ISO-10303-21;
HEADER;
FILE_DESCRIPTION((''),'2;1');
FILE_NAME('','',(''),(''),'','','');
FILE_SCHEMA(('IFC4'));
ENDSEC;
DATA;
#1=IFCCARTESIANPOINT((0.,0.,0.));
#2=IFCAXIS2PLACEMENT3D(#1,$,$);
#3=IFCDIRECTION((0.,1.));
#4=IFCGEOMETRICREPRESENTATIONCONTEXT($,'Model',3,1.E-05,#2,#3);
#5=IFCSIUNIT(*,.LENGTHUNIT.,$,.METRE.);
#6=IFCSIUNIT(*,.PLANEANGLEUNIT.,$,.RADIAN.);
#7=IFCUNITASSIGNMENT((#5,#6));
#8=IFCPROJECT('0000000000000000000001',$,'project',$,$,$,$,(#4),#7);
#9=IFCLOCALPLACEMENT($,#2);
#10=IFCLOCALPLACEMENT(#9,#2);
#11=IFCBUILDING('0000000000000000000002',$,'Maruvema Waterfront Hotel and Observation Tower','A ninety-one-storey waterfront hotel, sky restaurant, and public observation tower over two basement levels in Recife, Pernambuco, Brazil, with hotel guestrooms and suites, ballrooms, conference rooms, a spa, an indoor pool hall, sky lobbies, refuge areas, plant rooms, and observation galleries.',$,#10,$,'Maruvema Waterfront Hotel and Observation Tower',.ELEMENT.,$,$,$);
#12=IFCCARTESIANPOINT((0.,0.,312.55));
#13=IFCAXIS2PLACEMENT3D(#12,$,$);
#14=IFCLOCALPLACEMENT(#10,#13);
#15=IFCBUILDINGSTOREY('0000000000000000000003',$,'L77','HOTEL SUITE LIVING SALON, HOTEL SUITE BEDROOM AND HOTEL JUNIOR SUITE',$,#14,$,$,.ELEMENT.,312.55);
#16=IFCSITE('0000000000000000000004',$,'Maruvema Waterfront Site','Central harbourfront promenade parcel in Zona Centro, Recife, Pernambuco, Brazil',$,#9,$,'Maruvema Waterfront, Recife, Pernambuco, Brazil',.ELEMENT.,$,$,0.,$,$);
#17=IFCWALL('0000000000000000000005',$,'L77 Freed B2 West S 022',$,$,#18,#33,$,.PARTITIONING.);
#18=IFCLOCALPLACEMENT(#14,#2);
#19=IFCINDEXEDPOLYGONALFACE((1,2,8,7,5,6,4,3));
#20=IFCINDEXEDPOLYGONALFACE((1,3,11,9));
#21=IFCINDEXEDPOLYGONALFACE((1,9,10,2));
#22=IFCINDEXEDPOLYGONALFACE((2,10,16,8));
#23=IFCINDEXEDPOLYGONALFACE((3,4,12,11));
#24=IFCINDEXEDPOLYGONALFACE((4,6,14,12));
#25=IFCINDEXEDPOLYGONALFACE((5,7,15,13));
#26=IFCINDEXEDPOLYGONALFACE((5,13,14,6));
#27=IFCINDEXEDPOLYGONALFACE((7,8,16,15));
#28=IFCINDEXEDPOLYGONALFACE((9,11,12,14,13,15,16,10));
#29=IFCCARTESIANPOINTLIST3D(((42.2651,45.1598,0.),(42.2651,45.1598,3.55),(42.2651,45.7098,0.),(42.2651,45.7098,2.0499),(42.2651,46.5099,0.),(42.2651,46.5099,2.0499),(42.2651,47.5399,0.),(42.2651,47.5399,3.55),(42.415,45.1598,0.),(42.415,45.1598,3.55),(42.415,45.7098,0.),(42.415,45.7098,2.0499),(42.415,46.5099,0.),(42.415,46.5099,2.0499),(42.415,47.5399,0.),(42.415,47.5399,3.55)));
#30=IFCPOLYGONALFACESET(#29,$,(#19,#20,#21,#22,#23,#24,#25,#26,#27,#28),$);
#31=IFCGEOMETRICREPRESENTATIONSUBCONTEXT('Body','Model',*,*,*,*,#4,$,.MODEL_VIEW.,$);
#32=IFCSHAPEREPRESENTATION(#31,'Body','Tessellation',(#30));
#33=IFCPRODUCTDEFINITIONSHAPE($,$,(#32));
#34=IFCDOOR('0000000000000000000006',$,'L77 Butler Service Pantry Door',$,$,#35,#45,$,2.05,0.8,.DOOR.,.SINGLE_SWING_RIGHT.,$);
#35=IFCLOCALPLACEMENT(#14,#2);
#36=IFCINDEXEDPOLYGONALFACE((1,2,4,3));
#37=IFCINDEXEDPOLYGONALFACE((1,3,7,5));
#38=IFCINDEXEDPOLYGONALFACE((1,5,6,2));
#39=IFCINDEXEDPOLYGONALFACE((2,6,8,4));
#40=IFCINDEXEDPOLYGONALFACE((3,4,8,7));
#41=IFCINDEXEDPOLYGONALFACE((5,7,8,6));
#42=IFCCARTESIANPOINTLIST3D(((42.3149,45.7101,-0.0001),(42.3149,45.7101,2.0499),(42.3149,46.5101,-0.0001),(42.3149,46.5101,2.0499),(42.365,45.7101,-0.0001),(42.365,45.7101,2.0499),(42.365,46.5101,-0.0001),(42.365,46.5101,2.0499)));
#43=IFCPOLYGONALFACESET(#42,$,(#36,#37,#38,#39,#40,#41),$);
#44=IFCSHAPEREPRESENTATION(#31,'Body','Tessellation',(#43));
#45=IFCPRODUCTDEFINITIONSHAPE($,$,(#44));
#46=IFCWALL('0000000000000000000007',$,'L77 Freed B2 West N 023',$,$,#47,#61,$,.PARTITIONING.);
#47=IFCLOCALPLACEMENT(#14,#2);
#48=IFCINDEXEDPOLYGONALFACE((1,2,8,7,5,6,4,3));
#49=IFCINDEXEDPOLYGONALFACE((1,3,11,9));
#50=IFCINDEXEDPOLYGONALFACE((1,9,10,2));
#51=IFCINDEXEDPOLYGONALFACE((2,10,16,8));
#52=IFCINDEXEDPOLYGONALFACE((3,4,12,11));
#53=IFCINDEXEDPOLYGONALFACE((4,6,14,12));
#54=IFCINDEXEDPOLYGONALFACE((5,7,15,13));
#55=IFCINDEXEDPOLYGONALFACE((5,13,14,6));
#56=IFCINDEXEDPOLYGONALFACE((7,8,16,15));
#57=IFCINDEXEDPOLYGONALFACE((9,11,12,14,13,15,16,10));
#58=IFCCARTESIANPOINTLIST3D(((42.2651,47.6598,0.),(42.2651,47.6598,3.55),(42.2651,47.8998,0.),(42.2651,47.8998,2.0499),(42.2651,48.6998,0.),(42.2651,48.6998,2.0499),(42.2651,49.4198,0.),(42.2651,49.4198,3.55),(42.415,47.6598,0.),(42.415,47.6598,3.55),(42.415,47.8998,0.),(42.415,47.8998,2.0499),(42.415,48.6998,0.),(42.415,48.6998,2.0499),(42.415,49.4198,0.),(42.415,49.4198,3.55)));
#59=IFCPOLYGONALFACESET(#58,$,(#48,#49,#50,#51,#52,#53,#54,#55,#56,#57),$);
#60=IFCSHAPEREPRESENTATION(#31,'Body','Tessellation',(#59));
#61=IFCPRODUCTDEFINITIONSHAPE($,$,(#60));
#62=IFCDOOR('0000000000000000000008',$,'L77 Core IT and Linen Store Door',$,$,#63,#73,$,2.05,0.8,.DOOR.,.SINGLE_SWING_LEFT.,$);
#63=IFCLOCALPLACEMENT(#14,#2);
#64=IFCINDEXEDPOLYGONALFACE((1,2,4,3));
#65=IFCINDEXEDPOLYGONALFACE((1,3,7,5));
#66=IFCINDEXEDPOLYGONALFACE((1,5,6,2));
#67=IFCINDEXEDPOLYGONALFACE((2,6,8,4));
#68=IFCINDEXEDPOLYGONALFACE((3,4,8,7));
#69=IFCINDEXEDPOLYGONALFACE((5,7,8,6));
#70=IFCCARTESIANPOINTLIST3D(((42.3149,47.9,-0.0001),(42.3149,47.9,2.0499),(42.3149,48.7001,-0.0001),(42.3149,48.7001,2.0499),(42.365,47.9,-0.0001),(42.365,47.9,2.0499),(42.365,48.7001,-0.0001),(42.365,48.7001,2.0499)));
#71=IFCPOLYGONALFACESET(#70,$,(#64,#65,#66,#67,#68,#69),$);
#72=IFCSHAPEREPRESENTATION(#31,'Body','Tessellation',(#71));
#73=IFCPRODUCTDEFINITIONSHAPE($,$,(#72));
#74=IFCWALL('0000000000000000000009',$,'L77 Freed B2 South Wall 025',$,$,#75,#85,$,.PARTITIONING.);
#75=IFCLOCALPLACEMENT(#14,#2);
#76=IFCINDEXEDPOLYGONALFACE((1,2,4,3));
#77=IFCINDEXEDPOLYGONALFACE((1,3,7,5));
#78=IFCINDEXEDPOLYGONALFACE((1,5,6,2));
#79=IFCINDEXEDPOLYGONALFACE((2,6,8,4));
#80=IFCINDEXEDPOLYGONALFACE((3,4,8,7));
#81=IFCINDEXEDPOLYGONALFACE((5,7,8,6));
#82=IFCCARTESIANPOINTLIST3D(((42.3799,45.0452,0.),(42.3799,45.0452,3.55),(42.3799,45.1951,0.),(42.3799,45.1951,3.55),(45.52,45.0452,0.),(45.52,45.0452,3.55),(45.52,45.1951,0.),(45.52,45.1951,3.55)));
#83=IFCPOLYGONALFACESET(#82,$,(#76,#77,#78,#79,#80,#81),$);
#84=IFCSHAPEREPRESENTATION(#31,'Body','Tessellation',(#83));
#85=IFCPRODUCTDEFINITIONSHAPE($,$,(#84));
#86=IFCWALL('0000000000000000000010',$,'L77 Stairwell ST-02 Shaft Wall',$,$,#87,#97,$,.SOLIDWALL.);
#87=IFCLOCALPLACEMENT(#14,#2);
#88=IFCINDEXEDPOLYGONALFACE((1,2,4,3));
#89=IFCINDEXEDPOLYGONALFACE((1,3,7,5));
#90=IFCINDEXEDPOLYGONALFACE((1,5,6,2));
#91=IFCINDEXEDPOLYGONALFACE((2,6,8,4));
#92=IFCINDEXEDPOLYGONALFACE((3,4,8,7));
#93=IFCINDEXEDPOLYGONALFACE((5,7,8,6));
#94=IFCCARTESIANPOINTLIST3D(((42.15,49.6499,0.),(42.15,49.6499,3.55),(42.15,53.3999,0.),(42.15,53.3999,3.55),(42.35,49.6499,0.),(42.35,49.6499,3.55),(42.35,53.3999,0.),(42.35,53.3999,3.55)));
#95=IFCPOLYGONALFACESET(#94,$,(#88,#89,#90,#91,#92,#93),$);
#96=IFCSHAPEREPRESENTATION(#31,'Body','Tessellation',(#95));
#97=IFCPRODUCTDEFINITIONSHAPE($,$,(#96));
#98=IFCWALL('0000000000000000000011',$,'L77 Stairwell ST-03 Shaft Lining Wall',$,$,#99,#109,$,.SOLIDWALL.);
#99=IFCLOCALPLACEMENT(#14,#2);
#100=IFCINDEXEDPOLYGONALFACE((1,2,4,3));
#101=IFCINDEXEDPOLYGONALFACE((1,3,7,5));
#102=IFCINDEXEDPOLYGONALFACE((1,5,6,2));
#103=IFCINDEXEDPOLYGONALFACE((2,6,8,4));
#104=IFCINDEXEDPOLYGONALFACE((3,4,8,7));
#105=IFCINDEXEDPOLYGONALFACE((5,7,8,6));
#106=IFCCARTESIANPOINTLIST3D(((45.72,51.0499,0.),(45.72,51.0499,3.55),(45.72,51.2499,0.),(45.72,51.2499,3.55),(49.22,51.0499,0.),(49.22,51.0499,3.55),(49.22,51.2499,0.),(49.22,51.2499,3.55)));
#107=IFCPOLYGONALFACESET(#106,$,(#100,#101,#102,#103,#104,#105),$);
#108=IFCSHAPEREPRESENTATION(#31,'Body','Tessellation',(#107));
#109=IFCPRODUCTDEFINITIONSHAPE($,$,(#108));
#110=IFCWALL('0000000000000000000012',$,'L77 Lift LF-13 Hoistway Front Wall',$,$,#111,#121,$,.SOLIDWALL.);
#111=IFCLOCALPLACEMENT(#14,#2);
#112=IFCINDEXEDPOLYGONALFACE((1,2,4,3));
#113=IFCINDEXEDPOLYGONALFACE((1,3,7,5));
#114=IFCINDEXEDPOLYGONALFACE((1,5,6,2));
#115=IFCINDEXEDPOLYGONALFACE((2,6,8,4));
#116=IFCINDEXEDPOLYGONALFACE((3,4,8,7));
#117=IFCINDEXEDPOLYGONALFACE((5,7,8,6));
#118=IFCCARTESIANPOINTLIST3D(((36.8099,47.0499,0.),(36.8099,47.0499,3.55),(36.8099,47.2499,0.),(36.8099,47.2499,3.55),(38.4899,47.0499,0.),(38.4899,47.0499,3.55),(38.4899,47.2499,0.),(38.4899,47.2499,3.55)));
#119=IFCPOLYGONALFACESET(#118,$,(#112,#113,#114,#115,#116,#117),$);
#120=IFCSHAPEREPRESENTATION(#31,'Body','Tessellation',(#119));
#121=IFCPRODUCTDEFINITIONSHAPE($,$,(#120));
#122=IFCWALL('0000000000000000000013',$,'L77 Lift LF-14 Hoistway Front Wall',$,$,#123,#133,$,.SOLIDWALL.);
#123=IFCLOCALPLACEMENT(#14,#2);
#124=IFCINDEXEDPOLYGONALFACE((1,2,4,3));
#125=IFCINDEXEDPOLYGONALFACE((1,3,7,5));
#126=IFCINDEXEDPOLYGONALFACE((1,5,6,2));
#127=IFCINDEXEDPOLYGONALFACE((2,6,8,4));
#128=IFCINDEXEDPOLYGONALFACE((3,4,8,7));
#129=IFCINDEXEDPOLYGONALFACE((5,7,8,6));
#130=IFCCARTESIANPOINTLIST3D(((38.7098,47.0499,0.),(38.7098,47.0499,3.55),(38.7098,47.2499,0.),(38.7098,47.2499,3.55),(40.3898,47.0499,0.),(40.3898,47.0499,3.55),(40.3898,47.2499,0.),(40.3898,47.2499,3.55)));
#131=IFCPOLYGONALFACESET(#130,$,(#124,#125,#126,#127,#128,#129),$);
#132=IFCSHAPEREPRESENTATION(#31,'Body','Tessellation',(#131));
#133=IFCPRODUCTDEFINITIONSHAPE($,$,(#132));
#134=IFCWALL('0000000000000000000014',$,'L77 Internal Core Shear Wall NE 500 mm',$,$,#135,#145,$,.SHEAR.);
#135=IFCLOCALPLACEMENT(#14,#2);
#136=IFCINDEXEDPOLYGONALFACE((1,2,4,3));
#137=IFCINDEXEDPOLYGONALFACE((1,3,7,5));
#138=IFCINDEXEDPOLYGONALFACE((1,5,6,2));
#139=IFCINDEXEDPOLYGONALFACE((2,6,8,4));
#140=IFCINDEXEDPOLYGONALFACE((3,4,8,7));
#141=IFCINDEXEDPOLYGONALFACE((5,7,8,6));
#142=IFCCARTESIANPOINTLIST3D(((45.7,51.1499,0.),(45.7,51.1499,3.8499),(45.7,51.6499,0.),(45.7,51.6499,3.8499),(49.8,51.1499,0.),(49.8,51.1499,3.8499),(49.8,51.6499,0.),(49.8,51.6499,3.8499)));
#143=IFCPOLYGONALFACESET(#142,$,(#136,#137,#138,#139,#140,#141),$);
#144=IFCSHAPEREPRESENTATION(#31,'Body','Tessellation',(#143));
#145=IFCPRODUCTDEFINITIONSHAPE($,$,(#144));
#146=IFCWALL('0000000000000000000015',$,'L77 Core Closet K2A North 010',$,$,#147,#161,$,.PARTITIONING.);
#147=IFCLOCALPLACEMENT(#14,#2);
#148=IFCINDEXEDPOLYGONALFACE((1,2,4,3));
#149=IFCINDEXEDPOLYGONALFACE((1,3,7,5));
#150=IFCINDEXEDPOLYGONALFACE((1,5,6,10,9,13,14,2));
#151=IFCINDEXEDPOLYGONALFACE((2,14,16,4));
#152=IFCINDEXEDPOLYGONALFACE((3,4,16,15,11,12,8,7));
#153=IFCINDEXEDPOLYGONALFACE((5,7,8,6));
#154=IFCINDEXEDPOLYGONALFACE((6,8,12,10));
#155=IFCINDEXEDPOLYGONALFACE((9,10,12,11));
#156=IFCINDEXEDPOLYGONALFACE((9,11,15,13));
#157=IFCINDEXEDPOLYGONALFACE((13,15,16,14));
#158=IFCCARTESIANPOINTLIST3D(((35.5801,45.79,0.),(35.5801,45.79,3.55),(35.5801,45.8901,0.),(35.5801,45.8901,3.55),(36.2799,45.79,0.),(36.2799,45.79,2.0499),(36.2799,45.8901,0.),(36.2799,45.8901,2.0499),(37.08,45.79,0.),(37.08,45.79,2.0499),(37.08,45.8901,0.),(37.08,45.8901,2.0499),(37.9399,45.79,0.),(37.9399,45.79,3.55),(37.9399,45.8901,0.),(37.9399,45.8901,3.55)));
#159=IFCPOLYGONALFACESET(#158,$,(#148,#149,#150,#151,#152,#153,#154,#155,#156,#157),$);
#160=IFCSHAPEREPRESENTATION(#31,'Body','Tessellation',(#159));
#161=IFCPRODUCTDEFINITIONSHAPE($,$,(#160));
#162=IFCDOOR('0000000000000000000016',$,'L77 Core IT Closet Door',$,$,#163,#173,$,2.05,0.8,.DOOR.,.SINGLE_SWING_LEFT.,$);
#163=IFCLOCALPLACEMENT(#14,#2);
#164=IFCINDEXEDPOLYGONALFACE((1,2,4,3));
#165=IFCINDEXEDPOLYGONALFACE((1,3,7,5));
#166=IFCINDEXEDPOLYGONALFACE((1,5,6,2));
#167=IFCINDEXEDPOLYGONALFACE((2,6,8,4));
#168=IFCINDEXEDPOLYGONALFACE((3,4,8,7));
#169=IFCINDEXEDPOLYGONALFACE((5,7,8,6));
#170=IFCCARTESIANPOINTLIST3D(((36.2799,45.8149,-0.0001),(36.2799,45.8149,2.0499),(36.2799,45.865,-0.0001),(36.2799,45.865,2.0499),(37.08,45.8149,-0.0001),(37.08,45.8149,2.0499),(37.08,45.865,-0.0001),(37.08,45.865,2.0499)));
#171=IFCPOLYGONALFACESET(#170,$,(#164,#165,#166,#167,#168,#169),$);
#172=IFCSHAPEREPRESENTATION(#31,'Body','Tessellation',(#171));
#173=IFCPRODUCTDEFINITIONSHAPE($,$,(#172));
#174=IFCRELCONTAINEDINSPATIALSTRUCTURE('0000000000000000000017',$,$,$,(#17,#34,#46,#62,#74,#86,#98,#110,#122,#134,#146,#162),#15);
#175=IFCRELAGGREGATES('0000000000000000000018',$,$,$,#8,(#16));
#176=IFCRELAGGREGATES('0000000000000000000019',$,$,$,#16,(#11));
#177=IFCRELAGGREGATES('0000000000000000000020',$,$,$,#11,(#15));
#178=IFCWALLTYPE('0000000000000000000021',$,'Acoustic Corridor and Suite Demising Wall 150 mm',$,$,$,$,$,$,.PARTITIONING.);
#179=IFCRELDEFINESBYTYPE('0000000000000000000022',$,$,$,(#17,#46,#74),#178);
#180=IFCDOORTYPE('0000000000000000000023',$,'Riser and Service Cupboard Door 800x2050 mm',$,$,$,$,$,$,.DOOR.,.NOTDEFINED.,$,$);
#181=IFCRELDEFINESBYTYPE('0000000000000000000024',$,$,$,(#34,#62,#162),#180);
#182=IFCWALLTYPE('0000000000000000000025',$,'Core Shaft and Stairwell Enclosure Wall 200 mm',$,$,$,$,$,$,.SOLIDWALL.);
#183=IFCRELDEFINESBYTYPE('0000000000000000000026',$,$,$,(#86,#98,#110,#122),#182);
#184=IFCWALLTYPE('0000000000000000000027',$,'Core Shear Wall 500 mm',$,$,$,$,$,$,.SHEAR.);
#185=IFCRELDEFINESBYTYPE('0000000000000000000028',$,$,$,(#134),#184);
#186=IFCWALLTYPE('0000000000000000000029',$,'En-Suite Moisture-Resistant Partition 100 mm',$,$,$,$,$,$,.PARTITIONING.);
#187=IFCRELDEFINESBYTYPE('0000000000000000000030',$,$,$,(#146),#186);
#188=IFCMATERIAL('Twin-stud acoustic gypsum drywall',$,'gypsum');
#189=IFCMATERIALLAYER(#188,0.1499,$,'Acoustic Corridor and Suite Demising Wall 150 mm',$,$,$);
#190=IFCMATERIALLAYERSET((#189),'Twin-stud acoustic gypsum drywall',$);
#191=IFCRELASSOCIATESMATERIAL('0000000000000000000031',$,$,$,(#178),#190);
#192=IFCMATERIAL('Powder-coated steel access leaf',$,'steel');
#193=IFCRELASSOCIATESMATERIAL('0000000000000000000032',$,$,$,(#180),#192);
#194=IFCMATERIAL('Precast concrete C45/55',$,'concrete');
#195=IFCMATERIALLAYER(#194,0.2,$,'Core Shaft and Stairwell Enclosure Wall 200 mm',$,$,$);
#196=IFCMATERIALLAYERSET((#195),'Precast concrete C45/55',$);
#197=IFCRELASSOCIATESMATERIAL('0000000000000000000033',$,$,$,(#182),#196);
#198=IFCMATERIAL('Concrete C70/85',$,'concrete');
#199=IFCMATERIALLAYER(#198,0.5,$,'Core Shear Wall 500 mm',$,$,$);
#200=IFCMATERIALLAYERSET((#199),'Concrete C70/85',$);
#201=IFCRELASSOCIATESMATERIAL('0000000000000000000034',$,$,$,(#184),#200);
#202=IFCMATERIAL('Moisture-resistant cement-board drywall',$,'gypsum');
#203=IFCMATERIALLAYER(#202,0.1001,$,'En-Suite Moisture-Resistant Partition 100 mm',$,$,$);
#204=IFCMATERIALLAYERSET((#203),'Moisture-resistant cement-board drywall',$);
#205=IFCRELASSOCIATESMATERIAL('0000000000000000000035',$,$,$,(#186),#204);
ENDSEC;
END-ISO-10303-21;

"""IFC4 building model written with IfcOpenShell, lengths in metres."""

from ifc_helpers import new_model, si_unit, direction, frame, frame_2d, origin, place, context, subcontext, project, spatial, rectangle, extrude, material, layer, layer_set, type_object, element, fill, save


model = new_model("IFC4")

# Units and contexts
model_context = context("Model", 3, precision=1e-05, world=origin(), true_north=direction((0.0, 1.0)))
body_context = subcontext(model_context, "Body", "Model", "MODEL_VIEW")
ifc_project = project(units=[si_unit("LENGTHUNIT", "METRE"), si_unit("PLANEANGLEUNIT", "RADIAN")], contexts=[model_context])

# Site, building, storey
site_placement = place(None, origin())
site = spatial("IfcSite", under=ifc_project, at=site_placement, Name="Maruvema Waterfront Site", Description="Central harbourfront promenade parcel in Zona Centro, Recife, Pernambuco, Brazil", LongName="Maruvema Waterfront, Recife, Pernambuco, Brazil", CompositionType="ELEMENT", RefElevation=0.0)
building_placement = place(site_placement, origin())
building = spatial("IfcBuilding", under=site, at=building_placement, Name="Maruvema Waterfront Hotel and Observation Tower", Description="A ninety-one-storey waterfront hotel, sky restaurant, and public observation tower over two basement levels in Recife, Pernambuco, Brazil, with hotel guestrooms and suites, ballrooms, conference rooms, a spa, an indoor pool hall, sky lobbies, refuge areas, plant rooms, and observation galleries.", LongName="Maruvema Waterfront Hotel and Observation Tower", CompositionType="ELEMENT")
storey_placement = place(building_placement, frame((0.0, 0.0, 312.55)))
storey = spatial("IfcBuildingStorey", under=building, at=storey_placement, Name="L77", Description="HOTEL SUITE LIVING SALON, HOTEL SUITE BEDROOM AND HOTEL JUNIOR SUITE", CompositionType="ELEMENT", Elevation=312.55)

# Walls, openings, doors
ifc_material_1 = material(Name="Twin-stud acoustic gypsum drywall", Category="gypsum")
ifc_layer_1 = layer(ifc_material_1, 0.1499, Name="Acoustic Corridor and Suite Demising Wall 150 mm")
ifc_layer_set_1 = layer_set([ifc_layer_1], Name="Twin-stud acoustic gypsum drywall")
wall_type_1 = type_object("IfcWallType", Name="Acoustic Corridor and Suite Demising Wall 150 mm", PredefinedType="PARTITIONING", material=ifc_layer_set_1)
wall_1_placement = place(storey_placement, frame((42.3401, 45.1599, 0.0), z_axis=(0.0, 0.0, 1.0), x_axis=(0.0, 1.0, 0.0)))
wall_1 = element("IfcWall", 1, at=wall_1_placement, inside=storey, type_object=wall_type_1, Name="L77 Freed B2 West S 022", PredefinedType="PARTITIONING", context=body_context, shape_type="SweptSolid", body=[
    extrude(rectangle(XDim=2.3801, YDim=0.1499, at=frame_2d((1.1899, 0.0))), origin(), (0.0, 0.0, 1.0), 3.55),
])
opening_1_placement = place(wall_1_placement, frame((0.55, 0.0, 0.0)))
opening_1 = element("IfcOpeningElement", 2, at=opening_1_placement, cuts=wall_1, PredefinedType="OPENING", context=body_context, shape_type="SweptSolid", body=[
    extrude(rectangle(XDim=0.8, YDim=2.05, at=frame_2d((0.3999, 1.0249))), frame((0.0, 0.085, 0.0), z_axis=(0.0, -1.0, 0.0), x_axis=(1.0, 0.0, 0.0)), (0.0, 0.0, 1.0), 0.1699),
])
ifc_material_2 = material(Name="Powder-coated steel access leaf", Category="steel")
door_type = type_object("IfcDoorType", Name="Riser and Service Cupboard Door 800x2050 mm", OperationType="NOTDEFINED", PredefinedType="DOOR", material=ifc_material_2)
door_1_placement = place(opening_1_placement, frame((0.8, 0.0, 0.0), z_axis=(0.0, 0.0, 1.0), x_axis=(-1.0, 0.0, 0.0)))
door_1 = element("IfcDoor", 3, at=door_1_placement, inside=storey, type_object=door_type, Name="L77 Butler Service Pantry Door", OperationType="SINGLE_SWING_RIGHT", OverallHeight=2.05, OverallWidth=0.8, PredefinedType="DOOR", context=body_context, shape_type="SweptSolid", body=[
    extrude(rectangle(XDim=0.8, YDim=2.05, at=frame_2d((0.3999, 1.0249))), frame((0.0, 0.0249, 0.0), z_axis=(0.0, -1.0, 0.0), x_axis=(1.0, 0.0, 0.0)), (0.0, 0.0, 1.0), 0.05),
])
fill(opening_1, door_1)
wall_2_placement = place(storey_placement, frame((42.3401, 47.6599, 0.0), z_axis=(0.0, 0.0, 1.0), x_axis=(0.0, 1.0, 0.0)))
wall_2 = element("IfcWall", 4, at=wall_2_placement, inside=storey, type_object=wall_type_1, Name="L77 Freed B2 West N 023", PredefinedType="PARTITIONING", context=body_context, shape_type="SweptSolid", body=[
    extrude(rectangle(XDim=1.76, YDim=0.1499, at=frame_2d((0.8799, 0.0))), origin(), (0.0, 0.0, 1.0), 3.55),
])
opening_2_placement = place(wall_2_placement, frame((0.24, 0.0, 0.0)))
opening_2 = element("IfcOpeningElement", 5, at=opening_2_placement, cuts=wall_2, PredefinedType="OPENING", context=body_context, shape_type="SweptSolid", body=[
    extrude(rectangle(XDim=0.8, YDim=2.05, at=frame_2d((0.3999, 1.0249))), frame((0.0, 0.085, 0.0), z_axis=(0.0, -1.0, 0.0), x_axis=(1.0, 0.0, 0.0)), (0.0, 0.0, 1.0), 0.1699),
])
door_2_placement = place(opening_2_placement, frame((0.8, 0.0, 0.0), z_axis=(0.0, 0.0, 1.0), x_axis=(-1.0, 0.0, 0.0)))
door_2 = element("IfcDoor", 6, at=door_2_placement, inside=storey, type_object=door_type, Name="L77 Core IT and Linen Store Door", OperationType="SINGLE_SWING_LEFT", OverallHeight=2.05, OverallWidth=0.8, PredefinedType="DOOR", context=body_context, shape_type="SweptSolid", body=[
    extrude(rectangle(XDim=0.8, YDim=2.05, at=frame_2d((0.3999, 1.0249))), frame((0.0, 0.0249, 0.0), z_axis=(0.0, -1.0, 0.0), x_axis=(1.0, 0.0, 0.0)), (0.0, 0.0, 1.0), 0.05),
])
fill(opening_2, door_2)

# Walls
wall_3_placement = place(storey_placement, frame((42.3799, 45.1201, 0.0), z_axis=(0.0, 0.0, 1.0), x_axis=(1.0, 0.0, 0.0)))
element("IfcWall", 7, at=wall_3_placement, inside=storey, type_object=wall_type_1, Name="L77 Freed B2 South Wall 025", PredefinedType="PARTITIONING", context=body_context, shape_type="SweptSolid", body=[
    extrude(rectangle(XDim=3.1401, YDim=0.1499, at=frame_2d((1.5701, 0.0))), origin(), (0.0, 0.0, 1.0), 3.55),
])
ifc_material_3 = material(Name="Precast concrete C45/55", Category="concrete")
ifc_layer_2 = layer(ifc_material_3, 0.2, Name="Core Shaft and Stairwell Enclosure Wall 200 mm")
ifc_layer_set_2 = layer_set([ifc_layer_2], Name="Precast concrete C45/55")
wall_type_2 = type_object("IfcWallType", Name="Core Shaft and Stairwell Enclosure Wall 200 mm", PredefinedType="SOLIDWALL", material=ifc_layer_set_2)
wall_4_placement = place(storey_placement, frame((42.25, 49.6499, 0.0), z_axis=(0.0, 0.0, 1.0), x_axis=(0.0, 1.0, 0.0)))
element("IfcWall", 8, at=wall_4_placement, inside=storey, type_object=wall_type_2, Name="L77 Stairwell ST-02 Shaft Wall", PredefinedType="SOLIDWALL", context=body_context, shape_type="SweptSolid", body=[
    extrude(rectangle(XDim=3.75, YDim=0.2, at=frame_2d((1.875, 0.0))), origin(), (0.0, 0.0, 1.0), 3.55),
])
wall_5_placement = place(storey_placement, frame((45.72, 51.1499, 0.0), z_axis=(0.0, 0.0, 1.0), x_axis=(1.0, 0.0, 0.0)))
element("IfcWall", 9, at=wall_5_placement, inside=storey, type_object=wall_type_2, Name="L77 Stairwell ST-03 Shaft Lining Wall", PredefinedType="SOLIDWALL", context=body_context, shape_type="SweptSolid", body=[
    extrude(rectangle(XDim=3.5, YDim=0.2, at=frame_2d((1.75, 0.0))), origin(), (0.0, 0.0, 1.0), 3.55),
])
for number, where, z_axis, x_axis, name in (
    (10, (36.8101, 47.1499, 0.0), (0.0, 0.0, 1.0), (1.0, 0.0, 0.0), "L77 Lift LF-13 Hoistway Front Wall"),
    (11, (38.71, 47.1499, 0.0), (0.0, 0.0, 1.0), (1.0, 0.0, 0.0), "L77 Lift LF-14 Hoistway Front Wall"),
):
    element("IfcWall", number, at=place(storey_placement, frame(where, z_axis=z_axis, x_axis=x_axis)), inside=storey, type_object=wall_type_2, Name=name, PredefinedType="SOLIDWALL", context=body_context, shape_type="SweptSolid", body=[
        extrude(rectangle(XDim=1.6799, YDim=0.2, at=frame_2d((0.8398, 0.0))), origin(), (0.0, 0.0, 1.0), 3.55),
    ])
ifc_material_4 = material(Name="Concrete C70/85", Category="concrete")
ifc_layer_3 = layer(ifc_material_4, 0.5, Name="Core Shear Wall 500 mm")
ifc_layer_set_3 = layer_set([ifc_layer_3], Name="Concrete C70/85")
wall_type_3 = type_object("IfcWallType", Name="Core Shear Wall 500 mm", PredefinedType="SHEAR", material=ifc_layer_set_3)
wall_6_placement = place(storey_placement, frame((45.7, 51.3999, 0.0), z_axis=(0.0, 0.0, 1.0), x_axis=(1.0, 0.0, 0.0)))
element("IfcWall", 12, at=wall_6_placement, inside=storey, type_object=wall_type_3, Name="L77 Internal Core Shear Wall NE 500 mm", PredefinedType="SHEAR", context=body_context, shape_type="SweptSolid", body=[
    extrude(rectangle(XDim=4.1001, YDim=0.5, at=frame_2d((2.05, 0.0))), origin(), (0.0, 0.0, 1.0), 3.8499),
])

# Wall, opening, door
ifc_material_5 = material(Name="Moisture-resistant cement-board drywall", Category="gypsum")
ifc_layer_4 = layer(ifc_material_5, 0.1001, Name="En-Suite Moisture-Resistant Partition 100 mm")
ifc_layer_set_4 = layer_set([ifc_layer_4], Name="Moisture-resistant cement-board drywall")
wall_type_4 = type_object("IfcWallType", Name="En-Suite Moisture-Resistant Partition 100 mm", PredefinedType="PARTITIONING", material=ifc_layer_set_4)
wall_7_placement = place(storey_placement, frame((35.5801, 45.8401, 0.0), z_axis=(0.0, 0.0, 1.0), x_axis=(1.0, 0.0, 0.0)))
wall_7 = element("IfcWall", 13, at=wall_7_placement, inside=storey, type_object=wall_type_4, Name="L77 Core Closet K2A North 010", PredefinedType="PARTITIONING", context=body_context, shape_type="SweptSolid", body=[
    extrude(rectangle(XDim=2.3599, YDim=0.1001, at=frame_2d((1.1799, 0.0))), origin(), (0.0, 0.0, 1.0), 3.55),
])
opening_3_placement = place(wall_7_placement, frame((0.7, 0.0, 0.0)))
opening_3 = element("IfcOpeningElement", 14, at=opening_3_placement, cuts=wall_7, PredefinedType="OPENING", context=body_context, shape_type="SweptSolid", body=[
    extrude(rectangle(XDim=0.8, YDim=2.05, at=frame_2d((0.3999, 1.0249))), frame((0.0, 0.0601, 0.0), z_axis=(0.0, -1.0, 0.0), x_axis=(1.0, 0.0, 0.0)), (0.0, 0.0, 1.0), 0.1201),
])
door_3_placement = place(opening_3_placement, origin())
door_3 = element("IfcDoor", 15, at=door_3_placement, inside=storey, type_object=door_type, Name="L77 Core IT Closet Door", OperationType="SINGLE_SWING_LEFT", OverallHeight=2.05, OverallWidth=0.8, PredefinedType="DOOR", context=body_context, shape_type="SweptSolid", body=[
    extrude(rectangle(XDim=0.8, YDim=2.05, at=frame_2d((0.3999, 1.0249))), frame((0.0, 0.0249, 0.0), z_axis=(0.0, -1.0, 0.0), x_axis=(1.0, 0.0, 0.0)), (0.0, 0.0, 1.0), 0.05),
])
fill(opening_3, door_3)

save(model, "model.ifc")
